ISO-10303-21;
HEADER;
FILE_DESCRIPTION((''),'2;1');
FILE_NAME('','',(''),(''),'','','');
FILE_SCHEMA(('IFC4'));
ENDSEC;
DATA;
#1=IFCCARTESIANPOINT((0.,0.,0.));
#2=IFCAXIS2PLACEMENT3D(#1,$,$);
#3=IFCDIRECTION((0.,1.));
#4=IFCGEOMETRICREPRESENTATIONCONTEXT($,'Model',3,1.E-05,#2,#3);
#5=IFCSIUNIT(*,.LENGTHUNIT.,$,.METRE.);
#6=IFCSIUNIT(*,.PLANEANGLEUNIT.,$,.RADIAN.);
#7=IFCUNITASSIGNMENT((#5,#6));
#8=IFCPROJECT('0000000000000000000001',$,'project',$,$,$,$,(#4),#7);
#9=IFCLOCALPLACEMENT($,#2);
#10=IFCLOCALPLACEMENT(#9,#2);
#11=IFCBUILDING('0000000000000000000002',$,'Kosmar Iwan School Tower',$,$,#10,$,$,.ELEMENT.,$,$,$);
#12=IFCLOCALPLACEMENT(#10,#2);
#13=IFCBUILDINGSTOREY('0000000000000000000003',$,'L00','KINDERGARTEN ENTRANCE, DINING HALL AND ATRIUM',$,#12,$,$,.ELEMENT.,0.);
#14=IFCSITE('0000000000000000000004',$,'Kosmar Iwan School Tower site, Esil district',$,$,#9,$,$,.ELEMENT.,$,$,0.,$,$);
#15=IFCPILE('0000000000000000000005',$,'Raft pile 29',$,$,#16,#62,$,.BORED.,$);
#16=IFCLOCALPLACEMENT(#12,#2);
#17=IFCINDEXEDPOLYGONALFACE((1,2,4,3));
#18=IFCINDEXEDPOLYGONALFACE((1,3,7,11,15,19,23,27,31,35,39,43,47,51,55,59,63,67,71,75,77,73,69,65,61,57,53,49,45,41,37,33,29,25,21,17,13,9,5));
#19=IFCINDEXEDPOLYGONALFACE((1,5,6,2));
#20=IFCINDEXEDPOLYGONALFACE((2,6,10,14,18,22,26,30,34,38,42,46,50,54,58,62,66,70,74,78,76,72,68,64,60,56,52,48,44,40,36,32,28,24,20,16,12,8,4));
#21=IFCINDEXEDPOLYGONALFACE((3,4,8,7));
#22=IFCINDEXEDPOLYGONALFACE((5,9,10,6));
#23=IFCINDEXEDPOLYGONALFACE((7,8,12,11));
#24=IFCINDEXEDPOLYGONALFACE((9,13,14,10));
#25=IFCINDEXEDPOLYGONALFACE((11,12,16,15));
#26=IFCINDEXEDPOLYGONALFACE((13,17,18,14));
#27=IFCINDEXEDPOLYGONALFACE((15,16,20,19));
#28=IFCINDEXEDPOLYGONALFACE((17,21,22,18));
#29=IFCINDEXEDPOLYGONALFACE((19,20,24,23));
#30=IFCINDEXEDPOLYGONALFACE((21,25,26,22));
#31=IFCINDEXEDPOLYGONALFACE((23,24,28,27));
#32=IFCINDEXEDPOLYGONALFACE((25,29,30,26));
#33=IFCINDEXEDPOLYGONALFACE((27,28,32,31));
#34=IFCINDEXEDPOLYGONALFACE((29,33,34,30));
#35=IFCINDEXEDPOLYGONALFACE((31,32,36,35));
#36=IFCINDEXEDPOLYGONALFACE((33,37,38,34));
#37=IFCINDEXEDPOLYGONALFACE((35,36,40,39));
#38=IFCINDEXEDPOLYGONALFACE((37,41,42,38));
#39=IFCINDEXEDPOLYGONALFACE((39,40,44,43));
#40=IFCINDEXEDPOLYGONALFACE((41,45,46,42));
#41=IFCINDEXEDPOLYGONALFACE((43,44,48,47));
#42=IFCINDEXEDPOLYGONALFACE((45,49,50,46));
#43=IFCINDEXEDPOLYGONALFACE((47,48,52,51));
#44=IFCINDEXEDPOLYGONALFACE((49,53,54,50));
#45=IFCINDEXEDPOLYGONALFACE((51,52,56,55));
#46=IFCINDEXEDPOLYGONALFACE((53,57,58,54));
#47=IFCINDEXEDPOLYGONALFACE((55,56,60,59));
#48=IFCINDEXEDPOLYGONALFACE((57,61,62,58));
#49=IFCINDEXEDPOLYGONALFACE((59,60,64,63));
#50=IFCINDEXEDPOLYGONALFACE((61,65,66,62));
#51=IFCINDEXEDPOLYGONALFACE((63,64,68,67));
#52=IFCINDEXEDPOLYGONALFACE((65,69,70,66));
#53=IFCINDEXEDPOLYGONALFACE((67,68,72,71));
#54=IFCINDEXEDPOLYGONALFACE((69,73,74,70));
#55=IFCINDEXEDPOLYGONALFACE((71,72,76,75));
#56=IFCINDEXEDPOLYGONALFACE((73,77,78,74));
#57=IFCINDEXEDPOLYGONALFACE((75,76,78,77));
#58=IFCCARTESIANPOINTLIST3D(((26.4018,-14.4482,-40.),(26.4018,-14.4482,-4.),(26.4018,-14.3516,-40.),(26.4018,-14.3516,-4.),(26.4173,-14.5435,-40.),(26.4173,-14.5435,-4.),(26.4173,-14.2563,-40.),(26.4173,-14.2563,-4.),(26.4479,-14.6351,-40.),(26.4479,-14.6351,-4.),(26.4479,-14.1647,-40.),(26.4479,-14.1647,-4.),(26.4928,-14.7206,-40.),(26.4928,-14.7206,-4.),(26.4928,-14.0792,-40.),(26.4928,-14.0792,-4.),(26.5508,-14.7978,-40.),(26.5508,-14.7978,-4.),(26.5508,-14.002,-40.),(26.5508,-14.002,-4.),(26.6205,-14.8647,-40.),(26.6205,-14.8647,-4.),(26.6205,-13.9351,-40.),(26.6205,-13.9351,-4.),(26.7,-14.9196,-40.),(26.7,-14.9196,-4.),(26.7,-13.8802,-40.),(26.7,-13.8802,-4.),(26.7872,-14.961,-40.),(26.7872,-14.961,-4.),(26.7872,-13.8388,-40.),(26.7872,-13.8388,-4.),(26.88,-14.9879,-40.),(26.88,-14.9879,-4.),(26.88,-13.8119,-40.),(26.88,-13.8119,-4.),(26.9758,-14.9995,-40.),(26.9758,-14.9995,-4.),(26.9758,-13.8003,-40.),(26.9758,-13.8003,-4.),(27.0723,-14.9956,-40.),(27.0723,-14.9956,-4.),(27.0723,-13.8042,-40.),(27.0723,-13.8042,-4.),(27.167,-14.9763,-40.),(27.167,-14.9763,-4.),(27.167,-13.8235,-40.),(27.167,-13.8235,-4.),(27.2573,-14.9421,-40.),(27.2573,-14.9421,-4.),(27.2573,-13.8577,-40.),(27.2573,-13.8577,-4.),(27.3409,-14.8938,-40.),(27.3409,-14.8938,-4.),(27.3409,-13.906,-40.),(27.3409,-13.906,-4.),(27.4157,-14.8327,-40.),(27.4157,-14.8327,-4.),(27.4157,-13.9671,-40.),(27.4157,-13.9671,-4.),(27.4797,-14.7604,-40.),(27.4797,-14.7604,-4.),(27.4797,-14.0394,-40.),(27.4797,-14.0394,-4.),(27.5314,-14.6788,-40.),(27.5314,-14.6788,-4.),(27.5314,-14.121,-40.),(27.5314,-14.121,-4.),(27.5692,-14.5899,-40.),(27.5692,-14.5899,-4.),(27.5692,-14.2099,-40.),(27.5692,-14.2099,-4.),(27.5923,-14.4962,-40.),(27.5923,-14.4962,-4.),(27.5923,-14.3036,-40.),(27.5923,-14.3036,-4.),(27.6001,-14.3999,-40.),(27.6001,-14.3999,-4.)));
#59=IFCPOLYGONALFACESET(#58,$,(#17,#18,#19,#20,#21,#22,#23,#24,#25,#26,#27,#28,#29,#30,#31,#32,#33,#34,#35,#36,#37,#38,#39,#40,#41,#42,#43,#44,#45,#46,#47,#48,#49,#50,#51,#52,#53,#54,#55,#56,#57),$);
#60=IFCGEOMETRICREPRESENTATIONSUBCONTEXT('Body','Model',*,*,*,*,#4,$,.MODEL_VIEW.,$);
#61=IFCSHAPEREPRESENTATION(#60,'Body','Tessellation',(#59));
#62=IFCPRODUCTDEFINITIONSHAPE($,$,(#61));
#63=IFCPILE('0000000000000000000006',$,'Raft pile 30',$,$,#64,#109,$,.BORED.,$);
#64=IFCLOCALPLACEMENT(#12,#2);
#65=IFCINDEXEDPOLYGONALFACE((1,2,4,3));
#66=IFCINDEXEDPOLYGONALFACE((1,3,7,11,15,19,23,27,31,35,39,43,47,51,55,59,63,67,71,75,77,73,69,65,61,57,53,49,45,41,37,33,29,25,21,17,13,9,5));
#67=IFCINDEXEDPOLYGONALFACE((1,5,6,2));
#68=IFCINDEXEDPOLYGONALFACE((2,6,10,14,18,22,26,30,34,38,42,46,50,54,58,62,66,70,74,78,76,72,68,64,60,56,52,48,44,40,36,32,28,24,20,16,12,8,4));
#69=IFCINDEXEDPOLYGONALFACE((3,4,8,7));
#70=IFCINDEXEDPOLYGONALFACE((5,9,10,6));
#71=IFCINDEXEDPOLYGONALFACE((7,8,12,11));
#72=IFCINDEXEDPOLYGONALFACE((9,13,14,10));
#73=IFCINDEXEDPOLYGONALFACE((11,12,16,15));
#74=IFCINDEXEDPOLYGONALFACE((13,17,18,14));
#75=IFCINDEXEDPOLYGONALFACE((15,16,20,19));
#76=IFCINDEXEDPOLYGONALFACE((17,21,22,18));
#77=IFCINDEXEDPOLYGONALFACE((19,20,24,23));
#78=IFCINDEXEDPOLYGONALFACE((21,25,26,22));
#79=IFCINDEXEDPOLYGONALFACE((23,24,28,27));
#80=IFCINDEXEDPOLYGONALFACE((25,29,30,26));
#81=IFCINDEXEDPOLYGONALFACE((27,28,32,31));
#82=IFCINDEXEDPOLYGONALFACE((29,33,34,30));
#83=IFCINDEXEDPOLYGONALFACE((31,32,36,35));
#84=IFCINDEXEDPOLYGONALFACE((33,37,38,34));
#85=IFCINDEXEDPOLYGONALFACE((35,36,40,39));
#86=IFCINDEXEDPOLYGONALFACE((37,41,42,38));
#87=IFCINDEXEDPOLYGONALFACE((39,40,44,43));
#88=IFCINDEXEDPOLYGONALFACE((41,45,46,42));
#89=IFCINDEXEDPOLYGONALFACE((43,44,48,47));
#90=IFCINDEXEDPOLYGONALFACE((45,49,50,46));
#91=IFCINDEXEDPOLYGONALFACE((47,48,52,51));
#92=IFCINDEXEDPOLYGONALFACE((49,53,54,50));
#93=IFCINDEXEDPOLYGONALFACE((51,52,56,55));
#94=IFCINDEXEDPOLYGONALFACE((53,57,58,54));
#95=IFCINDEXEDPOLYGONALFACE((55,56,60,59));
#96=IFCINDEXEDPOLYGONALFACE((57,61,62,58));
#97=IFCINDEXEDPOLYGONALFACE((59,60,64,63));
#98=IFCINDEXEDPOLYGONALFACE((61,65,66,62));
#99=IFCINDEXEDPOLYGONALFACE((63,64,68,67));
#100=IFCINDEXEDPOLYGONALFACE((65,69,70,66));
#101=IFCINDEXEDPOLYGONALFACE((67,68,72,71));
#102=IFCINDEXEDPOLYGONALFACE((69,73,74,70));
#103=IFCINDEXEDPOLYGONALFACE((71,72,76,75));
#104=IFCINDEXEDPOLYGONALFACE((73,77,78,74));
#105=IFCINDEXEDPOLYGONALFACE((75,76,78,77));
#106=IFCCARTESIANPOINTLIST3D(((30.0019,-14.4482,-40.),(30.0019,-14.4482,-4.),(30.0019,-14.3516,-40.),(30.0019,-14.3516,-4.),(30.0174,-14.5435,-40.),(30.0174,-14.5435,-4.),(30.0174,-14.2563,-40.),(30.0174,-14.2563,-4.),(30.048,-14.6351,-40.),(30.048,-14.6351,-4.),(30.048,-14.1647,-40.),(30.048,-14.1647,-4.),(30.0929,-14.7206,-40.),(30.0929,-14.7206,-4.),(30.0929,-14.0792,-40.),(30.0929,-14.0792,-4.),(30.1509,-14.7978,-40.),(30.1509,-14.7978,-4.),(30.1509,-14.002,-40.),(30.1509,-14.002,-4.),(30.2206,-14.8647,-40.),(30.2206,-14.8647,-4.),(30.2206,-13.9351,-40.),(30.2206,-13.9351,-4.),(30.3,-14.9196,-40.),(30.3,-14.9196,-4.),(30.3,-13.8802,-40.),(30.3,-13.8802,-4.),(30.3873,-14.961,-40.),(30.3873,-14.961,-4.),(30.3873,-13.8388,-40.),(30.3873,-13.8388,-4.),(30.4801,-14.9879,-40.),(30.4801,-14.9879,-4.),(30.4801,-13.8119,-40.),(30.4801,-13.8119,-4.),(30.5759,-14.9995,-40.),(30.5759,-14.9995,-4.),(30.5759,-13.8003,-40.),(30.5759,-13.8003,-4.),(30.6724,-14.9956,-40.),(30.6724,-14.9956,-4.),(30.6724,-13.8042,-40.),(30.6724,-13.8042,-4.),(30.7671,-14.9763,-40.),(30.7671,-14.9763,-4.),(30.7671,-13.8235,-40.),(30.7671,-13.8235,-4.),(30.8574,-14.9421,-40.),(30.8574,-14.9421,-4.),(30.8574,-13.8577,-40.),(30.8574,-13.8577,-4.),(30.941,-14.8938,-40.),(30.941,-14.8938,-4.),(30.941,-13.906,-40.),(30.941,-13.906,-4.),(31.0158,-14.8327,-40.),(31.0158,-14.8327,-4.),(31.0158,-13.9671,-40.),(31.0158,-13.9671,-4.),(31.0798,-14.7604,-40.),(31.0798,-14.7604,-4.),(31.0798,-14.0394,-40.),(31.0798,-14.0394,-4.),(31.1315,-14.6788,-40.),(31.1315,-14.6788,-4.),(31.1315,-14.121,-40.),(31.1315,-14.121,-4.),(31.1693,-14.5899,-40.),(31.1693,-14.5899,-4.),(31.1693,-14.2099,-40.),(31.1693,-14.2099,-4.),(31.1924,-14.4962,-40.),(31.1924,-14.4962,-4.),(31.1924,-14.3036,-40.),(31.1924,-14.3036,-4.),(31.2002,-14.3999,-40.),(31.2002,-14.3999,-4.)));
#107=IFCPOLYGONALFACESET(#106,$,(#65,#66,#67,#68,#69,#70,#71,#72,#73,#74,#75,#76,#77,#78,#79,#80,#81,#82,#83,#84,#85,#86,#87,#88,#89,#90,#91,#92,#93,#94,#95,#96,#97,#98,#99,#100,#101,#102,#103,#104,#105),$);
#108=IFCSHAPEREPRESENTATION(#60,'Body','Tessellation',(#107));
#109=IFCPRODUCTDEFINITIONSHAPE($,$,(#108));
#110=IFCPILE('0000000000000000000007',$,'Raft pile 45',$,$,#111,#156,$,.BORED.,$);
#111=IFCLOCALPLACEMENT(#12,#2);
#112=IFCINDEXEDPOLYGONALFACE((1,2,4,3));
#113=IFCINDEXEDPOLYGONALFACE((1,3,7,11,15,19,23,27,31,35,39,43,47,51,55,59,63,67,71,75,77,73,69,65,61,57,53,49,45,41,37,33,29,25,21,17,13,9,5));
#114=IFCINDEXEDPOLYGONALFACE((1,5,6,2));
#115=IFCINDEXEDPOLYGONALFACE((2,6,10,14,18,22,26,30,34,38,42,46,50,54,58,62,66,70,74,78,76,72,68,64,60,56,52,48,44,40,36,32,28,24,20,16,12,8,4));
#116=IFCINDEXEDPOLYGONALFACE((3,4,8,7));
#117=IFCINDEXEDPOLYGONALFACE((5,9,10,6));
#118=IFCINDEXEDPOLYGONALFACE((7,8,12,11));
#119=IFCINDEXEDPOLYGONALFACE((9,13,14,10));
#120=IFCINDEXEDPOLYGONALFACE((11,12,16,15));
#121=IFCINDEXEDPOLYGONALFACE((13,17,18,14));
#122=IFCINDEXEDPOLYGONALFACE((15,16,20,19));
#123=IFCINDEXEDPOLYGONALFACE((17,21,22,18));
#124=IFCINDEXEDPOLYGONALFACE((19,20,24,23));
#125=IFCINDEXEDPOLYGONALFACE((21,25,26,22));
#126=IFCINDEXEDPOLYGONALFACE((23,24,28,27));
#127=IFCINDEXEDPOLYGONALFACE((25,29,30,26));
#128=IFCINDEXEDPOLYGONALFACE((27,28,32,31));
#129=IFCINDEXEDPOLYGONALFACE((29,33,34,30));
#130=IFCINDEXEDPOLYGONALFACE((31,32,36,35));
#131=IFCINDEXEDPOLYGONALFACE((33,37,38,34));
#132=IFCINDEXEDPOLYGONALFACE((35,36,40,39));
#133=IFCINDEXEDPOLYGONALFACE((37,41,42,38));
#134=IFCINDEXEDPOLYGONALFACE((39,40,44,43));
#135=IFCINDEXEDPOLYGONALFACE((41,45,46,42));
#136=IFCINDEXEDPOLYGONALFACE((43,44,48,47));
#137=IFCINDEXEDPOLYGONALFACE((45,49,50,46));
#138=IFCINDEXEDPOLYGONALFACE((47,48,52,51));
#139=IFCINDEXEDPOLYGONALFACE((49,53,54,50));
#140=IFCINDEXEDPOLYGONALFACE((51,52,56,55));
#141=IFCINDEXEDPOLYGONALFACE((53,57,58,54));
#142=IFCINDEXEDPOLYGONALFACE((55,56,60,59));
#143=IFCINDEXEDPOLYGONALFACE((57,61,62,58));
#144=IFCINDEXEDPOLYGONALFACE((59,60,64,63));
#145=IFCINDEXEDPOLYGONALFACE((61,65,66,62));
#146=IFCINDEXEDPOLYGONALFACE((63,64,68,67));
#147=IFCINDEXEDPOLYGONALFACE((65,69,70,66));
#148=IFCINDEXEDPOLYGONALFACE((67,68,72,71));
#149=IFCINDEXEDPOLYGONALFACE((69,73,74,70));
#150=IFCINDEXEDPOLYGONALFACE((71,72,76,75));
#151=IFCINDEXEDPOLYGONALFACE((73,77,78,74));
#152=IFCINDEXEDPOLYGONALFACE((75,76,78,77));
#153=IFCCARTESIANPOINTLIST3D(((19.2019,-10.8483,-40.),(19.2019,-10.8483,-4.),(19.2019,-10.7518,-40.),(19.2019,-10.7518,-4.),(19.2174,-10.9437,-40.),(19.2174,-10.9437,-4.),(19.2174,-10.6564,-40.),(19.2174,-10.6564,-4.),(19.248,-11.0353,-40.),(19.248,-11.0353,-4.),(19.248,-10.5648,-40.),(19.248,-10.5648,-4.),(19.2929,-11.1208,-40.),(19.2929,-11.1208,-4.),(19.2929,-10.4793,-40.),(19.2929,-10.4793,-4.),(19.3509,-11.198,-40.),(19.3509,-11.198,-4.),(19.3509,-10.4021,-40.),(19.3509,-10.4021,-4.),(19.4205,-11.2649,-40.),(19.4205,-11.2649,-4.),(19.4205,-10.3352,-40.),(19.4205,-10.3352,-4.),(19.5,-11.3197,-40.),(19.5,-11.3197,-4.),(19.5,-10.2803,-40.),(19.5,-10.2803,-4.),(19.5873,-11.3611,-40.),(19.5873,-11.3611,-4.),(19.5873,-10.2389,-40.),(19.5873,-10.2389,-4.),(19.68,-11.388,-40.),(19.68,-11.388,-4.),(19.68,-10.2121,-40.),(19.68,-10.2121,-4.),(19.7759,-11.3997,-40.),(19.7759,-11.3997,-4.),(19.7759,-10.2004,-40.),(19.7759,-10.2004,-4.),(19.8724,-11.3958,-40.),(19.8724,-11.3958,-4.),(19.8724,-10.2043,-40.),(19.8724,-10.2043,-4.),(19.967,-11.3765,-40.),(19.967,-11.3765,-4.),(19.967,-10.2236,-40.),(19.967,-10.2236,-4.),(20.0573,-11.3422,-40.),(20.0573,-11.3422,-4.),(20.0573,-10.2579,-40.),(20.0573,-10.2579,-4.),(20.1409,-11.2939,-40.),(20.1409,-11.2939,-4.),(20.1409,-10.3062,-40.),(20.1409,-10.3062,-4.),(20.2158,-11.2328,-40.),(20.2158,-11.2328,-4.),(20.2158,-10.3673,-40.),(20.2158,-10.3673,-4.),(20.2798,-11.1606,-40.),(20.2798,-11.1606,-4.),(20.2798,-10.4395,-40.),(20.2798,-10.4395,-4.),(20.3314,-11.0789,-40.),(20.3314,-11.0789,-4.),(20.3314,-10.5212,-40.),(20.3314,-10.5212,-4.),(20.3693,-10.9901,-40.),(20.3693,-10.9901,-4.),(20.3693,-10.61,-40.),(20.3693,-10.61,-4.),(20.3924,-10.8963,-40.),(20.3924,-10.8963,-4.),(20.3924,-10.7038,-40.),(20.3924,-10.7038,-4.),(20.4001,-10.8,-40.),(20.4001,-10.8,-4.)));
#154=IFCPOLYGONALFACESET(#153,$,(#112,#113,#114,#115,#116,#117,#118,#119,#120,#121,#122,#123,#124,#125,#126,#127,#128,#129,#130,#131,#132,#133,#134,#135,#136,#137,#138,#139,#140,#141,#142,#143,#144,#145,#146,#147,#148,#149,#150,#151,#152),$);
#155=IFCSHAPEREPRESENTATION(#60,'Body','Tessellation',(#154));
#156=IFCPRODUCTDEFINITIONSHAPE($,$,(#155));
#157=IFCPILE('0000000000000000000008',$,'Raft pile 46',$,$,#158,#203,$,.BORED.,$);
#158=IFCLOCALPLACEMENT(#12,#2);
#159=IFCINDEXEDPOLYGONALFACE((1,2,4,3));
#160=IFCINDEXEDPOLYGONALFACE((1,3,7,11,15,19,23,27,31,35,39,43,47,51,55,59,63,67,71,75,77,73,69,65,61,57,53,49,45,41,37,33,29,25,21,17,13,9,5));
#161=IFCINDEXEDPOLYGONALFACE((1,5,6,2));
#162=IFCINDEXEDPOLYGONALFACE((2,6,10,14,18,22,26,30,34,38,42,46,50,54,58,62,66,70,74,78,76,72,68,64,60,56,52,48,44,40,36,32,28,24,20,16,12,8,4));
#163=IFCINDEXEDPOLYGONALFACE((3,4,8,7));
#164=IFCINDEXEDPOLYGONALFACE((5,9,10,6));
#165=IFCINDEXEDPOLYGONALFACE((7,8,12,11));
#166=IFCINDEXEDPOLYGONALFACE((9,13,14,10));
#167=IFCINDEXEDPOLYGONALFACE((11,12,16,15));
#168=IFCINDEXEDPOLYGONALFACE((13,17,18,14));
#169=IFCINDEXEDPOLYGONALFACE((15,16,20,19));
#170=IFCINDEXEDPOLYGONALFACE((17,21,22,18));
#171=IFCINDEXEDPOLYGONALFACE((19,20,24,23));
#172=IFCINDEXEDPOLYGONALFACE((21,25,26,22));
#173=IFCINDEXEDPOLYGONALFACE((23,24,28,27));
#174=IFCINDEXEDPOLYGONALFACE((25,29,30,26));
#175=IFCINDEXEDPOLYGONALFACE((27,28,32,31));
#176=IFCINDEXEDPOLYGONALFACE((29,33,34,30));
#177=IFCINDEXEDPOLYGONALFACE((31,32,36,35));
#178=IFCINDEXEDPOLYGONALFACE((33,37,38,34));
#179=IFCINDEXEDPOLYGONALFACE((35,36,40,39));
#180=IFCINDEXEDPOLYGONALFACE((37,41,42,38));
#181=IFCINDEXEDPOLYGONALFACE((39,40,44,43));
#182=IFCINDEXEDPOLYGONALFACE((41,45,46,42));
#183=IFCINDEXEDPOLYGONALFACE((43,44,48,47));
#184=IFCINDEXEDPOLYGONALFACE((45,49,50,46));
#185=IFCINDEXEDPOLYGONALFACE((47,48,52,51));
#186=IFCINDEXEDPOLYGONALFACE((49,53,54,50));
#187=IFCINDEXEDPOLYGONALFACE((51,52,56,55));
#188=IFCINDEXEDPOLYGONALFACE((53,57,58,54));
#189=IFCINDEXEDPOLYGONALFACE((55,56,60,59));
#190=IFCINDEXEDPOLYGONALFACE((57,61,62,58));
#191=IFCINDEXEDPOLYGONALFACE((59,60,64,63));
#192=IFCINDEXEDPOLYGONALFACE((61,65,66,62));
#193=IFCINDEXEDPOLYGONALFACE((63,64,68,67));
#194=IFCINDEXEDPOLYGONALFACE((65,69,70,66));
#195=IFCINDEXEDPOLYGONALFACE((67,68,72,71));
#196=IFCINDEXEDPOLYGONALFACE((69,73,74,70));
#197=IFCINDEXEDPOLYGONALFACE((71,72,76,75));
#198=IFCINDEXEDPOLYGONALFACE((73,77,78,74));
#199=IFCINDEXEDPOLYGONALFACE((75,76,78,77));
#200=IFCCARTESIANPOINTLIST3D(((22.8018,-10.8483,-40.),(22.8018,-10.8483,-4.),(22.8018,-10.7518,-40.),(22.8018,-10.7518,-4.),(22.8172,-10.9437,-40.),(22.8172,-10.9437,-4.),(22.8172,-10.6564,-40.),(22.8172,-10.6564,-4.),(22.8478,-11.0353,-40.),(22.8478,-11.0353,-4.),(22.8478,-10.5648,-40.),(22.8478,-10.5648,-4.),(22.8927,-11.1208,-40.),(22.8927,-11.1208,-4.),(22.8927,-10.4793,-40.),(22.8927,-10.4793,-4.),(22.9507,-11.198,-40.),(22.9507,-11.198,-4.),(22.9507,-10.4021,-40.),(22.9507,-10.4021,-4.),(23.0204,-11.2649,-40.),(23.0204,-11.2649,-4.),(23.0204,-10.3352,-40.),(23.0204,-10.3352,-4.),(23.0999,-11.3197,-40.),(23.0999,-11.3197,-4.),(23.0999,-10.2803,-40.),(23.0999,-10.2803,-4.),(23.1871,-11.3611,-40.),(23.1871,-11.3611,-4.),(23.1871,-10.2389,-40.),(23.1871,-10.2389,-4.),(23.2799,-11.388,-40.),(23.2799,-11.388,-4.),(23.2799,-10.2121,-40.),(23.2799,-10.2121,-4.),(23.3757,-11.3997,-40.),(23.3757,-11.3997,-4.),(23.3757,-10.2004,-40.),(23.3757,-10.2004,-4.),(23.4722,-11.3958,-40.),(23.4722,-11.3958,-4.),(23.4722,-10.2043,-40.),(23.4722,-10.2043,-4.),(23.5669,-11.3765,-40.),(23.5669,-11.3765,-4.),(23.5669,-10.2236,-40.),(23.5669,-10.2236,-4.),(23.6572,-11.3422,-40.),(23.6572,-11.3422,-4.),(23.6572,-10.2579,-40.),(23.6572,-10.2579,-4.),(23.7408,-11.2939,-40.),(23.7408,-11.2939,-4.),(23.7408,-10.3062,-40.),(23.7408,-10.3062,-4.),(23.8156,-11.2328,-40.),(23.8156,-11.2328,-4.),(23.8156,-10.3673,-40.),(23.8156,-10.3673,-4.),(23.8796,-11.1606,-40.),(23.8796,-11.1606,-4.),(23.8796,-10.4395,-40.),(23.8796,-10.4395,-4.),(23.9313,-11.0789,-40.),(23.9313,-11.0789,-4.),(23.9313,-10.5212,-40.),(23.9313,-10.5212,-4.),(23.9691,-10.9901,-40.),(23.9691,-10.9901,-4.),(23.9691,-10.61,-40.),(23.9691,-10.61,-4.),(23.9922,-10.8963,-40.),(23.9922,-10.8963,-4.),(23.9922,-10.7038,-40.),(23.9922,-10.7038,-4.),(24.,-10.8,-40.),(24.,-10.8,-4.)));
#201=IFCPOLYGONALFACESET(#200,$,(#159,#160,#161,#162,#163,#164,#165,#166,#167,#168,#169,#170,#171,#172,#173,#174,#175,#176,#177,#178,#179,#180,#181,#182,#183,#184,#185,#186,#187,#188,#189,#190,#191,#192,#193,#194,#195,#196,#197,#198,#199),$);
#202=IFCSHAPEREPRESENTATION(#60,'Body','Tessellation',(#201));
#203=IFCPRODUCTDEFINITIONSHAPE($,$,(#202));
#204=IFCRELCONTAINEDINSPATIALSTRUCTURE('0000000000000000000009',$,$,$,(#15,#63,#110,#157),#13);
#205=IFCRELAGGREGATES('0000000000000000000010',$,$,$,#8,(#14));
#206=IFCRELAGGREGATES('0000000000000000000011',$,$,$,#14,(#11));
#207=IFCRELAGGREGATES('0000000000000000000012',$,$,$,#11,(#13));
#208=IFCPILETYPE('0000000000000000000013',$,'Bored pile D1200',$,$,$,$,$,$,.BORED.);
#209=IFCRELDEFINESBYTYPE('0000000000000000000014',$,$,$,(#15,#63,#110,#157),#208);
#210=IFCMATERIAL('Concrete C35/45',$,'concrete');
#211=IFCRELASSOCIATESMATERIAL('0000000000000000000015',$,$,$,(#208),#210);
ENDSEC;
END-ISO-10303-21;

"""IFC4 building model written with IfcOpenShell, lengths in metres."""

from ifc_helpers import new_model, si_unit, direction, frame, origin, origin_2d, place, context, subcontext, project, spatial, circle, extrude, material, material_profile, profile_set, type_object, element, save


model = new_model("IFC4")

# Units and contexts
model_context = context("Model", 3, precision=1e-05, world=origin(), true_north=direction((0.0, 1.0)))
body_context = subcontext(model_context, "Body", "Model", "MODEL_VIEW")
ifc_project = project(units=[si_unit("LENGTHUNIT", "METRE"), si_unit("PLANEANGLEUNIT", "RADIAN")], contexts=[model_context])

# Site, building, storey
site_placement = place(None, origin())
site = spatial("IfcSite", under=ifc_project, at=site_placement, Name="Kosmar Iwan School Tower site, Esil district", CompositionType="ELEMENT", RefElevation=0.0)
building_placement = place(site_placement, origin())
building = spatial("IfcBuilding", under=site, at=building_placement, Name="Kosmar Iwan School Tower", CompositionType="ELEMENT")
storey_placement = place(building_placement, origin())
storey = spatial("IfcBuildingStorey", under=building, at=storey_placement, Name="L00", Description="KINDERGARTEN ENTRANCE, DINING HALL AND ATRIUM", CompositionType="ELEMENT", Elevation=0.0)

# Piles
ifc_material_1 = material(Name="Concrete C35/45", Category="concrete")
ifc_material_profile_1 = material_profile(ifc_material_1, circle(Radius=0.6001, at=origin_2d()), Name="D1200")
ifc_profile_set_1 = profile_set([ifc_material_profile_1], Name="Concrete C35/45")
pile_type = type_object("IfcPileType", Name="Bored pile D1200", PredefinedType="BORED", material=ifc_profile_set_1)
for number, where, z_axis, x_axis, name in (
    (1, (27.0, -14.3999, -4.0), (0.0, 0.0, -1.0), (1.0, 0.0, 0.0), "Raft pile 29"),
    (2, (30.6001, -14.3999, -4.0), (0.0, 0.0, -1.0), (1.0, 0.0, 0.0), "Raft pile 30"),
    (3, (19.8, -10.8, -4.0), (0.0, 0.0, -1.0), (1.0, 0.0, 0.0), "Raft pile 45"),
    (4, (23.3999, -10.8, -4.0), (0.0, 0.0, -1.0), (1.0, 0.0, 0.0), "Raft pile 46"),
):
    element("IfcPile", number, at=place(storey_placement, frame(where, z_axis=z_axis, x_axis=x_axis)), inside=storey, type_object=pile_type, Name=name, PredefinedType="BORED", context=body_context, shape_type="SweptSolid", body=[
        extrude(circle(Radius=0.6001, at=origin_2d()), origin(), (0.0, 0.0, 1.0), 36.0),
    ])

save(model, "model.ifc")
